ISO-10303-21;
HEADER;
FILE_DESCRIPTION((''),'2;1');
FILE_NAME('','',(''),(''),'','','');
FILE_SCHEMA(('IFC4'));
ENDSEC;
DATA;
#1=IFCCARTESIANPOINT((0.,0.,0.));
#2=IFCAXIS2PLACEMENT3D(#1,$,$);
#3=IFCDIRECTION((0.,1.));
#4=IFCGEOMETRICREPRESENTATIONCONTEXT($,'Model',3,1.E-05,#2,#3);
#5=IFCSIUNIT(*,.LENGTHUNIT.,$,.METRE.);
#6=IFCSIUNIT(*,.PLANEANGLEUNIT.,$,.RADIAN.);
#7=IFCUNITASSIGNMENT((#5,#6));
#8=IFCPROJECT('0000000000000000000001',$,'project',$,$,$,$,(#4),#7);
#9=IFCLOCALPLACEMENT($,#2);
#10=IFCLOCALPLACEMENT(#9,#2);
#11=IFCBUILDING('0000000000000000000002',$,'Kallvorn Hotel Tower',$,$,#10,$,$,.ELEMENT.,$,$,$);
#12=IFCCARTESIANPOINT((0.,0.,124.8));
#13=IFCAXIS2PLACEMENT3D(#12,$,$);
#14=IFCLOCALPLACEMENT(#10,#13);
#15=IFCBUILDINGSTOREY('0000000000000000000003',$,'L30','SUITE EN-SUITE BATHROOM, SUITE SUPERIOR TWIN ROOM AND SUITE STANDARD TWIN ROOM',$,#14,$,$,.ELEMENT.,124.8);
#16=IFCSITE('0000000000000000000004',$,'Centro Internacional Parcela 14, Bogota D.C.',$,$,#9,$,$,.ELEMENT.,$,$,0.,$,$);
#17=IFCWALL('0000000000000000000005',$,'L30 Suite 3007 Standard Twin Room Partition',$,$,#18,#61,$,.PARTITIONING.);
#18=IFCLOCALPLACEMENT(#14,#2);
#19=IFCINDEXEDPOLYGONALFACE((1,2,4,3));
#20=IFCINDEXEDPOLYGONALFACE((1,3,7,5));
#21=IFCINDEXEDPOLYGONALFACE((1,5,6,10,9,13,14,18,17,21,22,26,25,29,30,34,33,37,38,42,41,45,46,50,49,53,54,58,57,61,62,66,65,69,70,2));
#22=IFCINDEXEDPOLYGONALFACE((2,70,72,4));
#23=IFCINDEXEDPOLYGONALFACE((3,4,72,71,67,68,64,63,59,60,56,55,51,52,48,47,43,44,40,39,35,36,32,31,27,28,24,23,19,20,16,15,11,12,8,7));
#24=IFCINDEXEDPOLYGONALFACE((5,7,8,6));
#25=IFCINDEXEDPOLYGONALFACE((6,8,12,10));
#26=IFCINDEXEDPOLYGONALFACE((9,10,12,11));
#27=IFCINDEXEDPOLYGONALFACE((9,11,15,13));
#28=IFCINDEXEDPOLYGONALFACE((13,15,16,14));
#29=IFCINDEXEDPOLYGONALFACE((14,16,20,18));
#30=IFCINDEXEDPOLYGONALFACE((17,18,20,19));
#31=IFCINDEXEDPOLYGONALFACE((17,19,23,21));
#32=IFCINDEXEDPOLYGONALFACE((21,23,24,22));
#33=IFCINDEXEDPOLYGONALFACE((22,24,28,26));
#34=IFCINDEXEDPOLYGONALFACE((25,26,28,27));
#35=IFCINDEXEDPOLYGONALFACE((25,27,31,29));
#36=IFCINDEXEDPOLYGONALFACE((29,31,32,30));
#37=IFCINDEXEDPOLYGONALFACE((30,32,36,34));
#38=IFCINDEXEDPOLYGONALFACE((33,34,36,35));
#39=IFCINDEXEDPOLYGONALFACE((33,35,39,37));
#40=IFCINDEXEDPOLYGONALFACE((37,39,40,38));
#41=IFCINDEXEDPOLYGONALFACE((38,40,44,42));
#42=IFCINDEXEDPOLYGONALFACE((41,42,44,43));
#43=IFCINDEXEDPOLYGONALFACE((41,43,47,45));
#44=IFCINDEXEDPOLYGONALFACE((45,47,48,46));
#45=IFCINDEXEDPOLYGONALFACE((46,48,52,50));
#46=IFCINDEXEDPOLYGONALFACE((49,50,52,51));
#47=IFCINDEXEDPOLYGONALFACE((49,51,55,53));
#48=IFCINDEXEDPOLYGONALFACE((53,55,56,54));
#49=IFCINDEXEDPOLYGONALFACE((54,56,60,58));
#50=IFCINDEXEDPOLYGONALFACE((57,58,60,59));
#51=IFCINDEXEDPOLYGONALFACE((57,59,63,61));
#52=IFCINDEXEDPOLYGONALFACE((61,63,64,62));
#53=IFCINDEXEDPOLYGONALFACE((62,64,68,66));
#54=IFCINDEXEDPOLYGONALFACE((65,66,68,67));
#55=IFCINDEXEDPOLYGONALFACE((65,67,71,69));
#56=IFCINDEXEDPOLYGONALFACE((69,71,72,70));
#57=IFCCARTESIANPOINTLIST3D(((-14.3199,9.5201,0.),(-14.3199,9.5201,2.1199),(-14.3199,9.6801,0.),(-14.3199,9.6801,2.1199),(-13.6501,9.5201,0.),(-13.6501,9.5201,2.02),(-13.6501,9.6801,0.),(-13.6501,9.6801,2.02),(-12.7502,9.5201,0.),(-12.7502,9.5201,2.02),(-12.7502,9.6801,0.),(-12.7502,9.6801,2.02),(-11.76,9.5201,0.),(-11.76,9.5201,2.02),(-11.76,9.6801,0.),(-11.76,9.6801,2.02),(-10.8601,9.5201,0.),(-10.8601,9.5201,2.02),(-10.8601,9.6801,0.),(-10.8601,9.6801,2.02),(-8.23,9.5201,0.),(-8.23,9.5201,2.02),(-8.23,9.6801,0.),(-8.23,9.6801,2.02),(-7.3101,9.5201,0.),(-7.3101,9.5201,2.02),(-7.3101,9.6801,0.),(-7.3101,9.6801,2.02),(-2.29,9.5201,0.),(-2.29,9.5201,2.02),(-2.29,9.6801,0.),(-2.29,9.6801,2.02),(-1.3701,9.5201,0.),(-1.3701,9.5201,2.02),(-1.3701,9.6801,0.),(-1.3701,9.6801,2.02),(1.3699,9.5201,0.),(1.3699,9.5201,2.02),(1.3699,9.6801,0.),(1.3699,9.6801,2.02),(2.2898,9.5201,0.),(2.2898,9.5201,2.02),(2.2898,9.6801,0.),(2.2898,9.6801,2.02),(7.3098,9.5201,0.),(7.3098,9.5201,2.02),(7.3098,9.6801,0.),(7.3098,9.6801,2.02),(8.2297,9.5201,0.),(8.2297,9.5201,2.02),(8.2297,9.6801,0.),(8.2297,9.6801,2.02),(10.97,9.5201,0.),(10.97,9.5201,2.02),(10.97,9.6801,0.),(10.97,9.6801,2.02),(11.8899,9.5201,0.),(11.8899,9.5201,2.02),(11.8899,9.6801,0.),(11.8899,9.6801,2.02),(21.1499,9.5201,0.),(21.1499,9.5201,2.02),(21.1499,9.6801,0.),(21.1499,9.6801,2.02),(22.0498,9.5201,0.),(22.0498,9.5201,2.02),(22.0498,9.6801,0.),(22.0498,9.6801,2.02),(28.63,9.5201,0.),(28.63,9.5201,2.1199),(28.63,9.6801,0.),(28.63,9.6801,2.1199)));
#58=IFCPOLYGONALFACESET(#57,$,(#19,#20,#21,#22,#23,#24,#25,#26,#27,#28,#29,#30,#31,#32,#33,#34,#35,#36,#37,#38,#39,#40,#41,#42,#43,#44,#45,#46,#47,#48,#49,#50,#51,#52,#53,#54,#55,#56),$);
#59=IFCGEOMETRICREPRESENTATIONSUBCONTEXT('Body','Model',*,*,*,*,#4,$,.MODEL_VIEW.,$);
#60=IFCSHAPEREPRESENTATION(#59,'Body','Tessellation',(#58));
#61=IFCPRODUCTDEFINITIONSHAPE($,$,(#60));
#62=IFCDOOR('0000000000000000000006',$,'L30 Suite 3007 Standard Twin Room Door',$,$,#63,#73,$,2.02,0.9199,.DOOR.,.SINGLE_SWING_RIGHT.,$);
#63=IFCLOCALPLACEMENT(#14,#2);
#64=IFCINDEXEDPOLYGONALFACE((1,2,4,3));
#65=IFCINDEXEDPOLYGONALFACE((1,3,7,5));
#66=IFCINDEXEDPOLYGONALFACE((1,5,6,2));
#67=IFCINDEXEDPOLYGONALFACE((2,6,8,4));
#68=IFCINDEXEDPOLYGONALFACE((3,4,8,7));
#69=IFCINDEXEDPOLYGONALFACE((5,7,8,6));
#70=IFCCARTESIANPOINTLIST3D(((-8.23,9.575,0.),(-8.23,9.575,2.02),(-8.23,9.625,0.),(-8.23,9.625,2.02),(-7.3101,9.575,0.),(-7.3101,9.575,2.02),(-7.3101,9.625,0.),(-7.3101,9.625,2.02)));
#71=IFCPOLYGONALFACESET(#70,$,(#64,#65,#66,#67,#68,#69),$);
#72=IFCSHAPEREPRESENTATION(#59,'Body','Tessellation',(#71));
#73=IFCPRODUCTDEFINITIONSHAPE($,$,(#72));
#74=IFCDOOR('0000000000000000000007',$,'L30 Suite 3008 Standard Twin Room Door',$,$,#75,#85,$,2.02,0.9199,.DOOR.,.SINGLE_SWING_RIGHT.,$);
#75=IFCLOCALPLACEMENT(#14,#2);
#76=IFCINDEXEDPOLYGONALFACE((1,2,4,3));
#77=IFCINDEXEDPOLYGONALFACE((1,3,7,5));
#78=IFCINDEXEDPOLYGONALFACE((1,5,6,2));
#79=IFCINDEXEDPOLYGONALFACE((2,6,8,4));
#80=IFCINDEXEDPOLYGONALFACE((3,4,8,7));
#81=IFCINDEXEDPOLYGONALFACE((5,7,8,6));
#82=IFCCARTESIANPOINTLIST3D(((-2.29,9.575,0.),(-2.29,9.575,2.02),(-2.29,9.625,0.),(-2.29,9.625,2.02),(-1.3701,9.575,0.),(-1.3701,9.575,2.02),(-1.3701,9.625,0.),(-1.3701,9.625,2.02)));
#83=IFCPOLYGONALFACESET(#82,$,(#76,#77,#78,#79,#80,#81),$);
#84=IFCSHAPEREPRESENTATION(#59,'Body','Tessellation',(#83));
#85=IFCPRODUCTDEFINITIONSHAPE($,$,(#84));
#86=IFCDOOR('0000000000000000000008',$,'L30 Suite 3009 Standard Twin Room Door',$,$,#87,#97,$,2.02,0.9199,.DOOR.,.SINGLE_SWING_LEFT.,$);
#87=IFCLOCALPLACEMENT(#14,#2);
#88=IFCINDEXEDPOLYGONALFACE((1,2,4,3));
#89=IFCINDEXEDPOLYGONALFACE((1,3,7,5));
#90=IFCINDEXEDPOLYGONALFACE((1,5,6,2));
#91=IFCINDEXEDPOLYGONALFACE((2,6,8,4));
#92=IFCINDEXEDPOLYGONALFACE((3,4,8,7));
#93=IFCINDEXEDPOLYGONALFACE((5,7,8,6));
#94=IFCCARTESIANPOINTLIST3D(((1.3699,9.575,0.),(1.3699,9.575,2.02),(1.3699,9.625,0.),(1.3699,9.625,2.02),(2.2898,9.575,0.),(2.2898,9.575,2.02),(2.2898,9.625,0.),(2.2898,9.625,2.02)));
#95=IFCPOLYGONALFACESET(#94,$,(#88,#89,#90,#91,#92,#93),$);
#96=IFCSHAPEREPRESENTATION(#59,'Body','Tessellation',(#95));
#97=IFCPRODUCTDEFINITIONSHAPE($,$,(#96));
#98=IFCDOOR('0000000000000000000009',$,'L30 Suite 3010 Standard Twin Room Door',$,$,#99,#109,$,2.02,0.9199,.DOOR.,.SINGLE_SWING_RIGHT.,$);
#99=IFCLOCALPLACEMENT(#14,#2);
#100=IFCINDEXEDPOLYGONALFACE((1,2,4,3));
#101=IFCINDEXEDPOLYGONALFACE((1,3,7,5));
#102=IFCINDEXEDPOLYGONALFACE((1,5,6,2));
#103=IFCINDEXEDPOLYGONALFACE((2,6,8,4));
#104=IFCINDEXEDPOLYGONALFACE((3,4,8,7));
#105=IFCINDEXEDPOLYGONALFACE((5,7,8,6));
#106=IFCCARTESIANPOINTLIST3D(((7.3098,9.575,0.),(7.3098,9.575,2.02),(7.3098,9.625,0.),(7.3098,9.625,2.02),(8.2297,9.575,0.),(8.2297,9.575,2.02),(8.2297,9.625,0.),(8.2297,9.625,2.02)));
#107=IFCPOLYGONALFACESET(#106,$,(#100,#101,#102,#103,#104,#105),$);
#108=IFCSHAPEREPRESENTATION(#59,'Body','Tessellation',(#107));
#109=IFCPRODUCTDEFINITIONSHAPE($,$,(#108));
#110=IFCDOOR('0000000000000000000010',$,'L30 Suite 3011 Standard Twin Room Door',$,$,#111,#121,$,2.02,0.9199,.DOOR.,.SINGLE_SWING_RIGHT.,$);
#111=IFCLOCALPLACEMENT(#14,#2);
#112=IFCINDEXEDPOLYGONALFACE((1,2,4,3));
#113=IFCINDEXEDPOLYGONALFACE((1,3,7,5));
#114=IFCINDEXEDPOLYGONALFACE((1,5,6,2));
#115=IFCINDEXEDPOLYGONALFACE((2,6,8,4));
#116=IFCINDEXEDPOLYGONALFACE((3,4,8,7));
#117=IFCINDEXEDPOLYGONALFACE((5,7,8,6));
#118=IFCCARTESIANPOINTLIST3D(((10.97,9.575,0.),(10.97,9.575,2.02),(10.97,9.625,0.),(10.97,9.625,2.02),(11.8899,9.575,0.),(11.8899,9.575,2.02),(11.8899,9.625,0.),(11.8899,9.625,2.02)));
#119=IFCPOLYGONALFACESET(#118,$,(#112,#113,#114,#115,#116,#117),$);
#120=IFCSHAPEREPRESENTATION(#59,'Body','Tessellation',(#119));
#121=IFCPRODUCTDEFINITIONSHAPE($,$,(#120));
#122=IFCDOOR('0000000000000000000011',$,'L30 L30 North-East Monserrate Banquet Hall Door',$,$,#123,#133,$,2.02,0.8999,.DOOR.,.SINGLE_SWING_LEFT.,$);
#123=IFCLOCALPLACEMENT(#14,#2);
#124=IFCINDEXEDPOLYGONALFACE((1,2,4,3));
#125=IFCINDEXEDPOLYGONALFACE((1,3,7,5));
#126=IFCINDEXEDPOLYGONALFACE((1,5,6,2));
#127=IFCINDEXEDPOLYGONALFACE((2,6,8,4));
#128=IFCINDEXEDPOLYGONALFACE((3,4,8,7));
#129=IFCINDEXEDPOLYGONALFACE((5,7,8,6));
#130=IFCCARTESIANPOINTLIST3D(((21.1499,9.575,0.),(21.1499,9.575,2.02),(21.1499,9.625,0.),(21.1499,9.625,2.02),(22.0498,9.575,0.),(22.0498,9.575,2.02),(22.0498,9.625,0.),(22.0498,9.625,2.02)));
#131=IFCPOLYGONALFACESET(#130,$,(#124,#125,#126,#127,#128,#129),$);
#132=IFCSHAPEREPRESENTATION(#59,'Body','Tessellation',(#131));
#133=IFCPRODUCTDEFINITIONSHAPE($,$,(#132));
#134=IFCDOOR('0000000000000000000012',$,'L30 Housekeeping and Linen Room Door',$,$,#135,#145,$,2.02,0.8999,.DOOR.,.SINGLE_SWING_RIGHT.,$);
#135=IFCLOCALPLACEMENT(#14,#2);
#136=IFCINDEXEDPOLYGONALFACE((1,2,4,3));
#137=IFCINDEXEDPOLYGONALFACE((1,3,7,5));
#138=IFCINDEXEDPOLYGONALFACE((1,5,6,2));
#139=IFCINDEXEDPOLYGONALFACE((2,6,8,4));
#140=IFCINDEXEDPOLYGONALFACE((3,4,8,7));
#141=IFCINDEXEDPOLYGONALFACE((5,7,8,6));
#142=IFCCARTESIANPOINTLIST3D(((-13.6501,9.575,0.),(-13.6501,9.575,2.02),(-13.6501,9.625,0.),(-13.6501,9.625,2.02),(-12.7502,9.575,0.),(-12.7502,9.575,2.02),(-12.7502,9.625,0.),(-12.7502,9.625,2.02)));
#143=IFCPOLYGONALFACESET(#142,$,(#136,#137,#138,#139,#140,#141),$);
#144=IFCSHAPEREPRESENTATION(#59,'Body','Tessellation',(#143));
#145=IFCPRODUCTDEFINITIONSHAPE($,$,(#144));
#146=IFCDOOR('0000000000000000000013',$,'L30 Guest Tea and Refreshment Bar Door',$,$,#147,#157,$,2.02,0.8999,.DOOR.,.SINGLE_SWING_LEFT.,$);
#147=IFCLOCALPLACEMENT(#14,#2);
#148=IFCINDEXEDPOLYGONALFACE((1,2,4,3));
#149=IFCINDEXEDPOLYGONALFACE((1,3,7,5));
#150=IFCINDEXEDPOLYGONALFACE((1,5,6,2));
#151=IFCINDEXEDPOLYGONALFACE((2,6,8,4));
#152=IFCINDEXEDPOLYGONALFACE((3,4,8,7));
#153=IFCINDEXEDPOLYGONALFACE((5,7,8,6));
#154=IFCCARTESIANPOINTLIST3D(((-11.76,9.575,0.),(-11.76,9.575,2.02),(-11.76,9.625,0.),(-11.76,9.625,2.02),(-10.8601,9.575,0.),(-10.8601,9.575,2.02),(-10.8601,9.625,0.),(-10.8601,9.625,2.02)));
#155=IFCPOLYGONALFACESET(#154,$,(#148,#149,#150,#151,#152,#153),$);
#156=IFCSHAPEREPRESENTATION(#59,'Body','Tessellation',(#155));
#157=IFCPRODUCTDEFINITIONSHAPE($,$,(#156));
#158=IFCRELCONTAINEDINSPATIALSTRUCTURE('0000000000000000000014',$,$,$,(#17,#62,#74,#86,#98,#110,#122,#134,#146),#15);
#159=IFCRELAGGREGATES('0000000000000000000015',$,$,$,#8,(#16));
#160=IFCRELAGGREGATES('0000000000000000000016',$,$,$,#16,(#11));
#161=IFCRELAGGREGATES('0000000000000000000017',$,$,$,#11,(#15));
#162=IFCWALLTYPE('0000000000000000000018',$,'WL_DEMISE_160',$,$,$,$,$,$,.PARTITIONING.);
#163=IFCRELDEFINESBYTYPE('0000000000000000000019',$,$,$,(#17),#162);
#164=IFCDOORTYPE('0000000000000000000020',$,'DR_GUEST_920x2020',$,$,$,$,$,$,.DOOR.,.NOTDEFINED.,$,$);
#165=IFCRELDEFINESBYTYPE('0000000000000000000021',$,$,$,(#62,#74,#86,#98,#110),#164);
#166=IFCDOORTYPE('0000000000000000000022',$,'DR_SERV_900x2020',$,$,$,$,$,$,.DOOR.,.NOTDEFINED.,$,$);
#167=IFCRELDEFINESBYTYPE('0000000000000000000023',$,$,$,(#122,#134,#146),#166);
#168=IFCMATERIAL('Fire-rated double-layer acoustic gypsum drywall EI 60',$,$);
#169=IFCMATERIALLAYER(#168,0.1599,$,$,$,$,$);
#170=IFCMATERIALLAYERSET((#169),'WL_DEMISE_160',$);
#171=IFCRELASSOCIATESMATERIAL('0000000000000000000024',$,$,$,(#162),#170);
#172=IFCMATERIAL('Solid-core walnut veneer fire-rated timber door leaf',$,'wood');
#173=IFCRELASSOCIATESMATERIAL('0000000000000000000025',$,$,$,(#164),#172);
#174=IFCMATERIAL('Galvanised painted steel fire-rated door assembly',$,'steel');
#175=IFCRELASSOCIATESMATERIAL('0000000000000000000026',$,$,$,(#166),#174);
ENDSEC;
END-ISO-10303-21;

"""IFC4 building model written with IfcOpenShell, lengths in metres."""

from ifc_helpers import new_model, si_unit, direction, frame, frame_2d, origin, place, context, subcontext, project, spatial, rectangle, extrude, material, layer, layer_set, type_object, element, fill, save


model = new_model("IFC4")

# Units and contexts
model_context = context("Model", 3, precision=1e-05, world=origin(), true_north=direction((0.0, 1.0)))
body_context = subcontext(model_context, "Body", "Model", "MODEL_VIEW")
ifc_project = project(units=[si_unit("LENGTHUNIT", "METRE"), si_unit("PLANEANGLEUNIT", "RADIAN")], contexts=[model_context])

# Site, building, storey
site_placement = place(None, origin())
site = spatial("IfcSite", under=ifc_project, at=site_placement, Name="Centro Internacional Parcela 14, Bogota D.C.", CompositionType="ELEMENT", RefElevation=0.0)
building_placement = place(site_placement, origin())
building = spatial("IfcBuilding", under=site, at=building_placement, Name="Kallvorn Hotel Tower", CompositionType="ELEMENT")
storey_placement = place(building_placement, frame((0.0, 0.0, 124.8)))
storey = spatial("IfcBuildingStorey", under=building, at=storey_placement, Name="L30", Description="SUITE EN-SUITE BATHROOM, SUITE SUPERIOR TWIN ROOM AND SUITE STANDARD TWIN ROOM", CompositionType="ELEMENT", Elevation=124.8)

# Wall, openings, doors
ifc_material_1 = material(Name="Fire-rated double-layer acoustic gypsum drywall EI 60")
ifc_layer_1 = layer(ifc_material_1, 0.1599)
ifc_layer_set_1 = layer_set([ifc_layer_1], Name="WL_DEMISE_160")
wall_type_1 = type_object("IfcWallType", Name="WL_DEMISE_160", PredefinedType="PARTITIONING", material=ifc_layer_set_1)
wall_1_placement = place(storey_placement, frame((-14.3201, 9.6001, 0.0), z_axis=(0.0, 0.0, 1.0), x_axis=(1.0, 0.0, 0.0)))
wall_1 = element("IfcWall", 1, at=wall_1_placement, inside=storey, type_object=wall_type_1, Name="L30 Suite 3007 Standard Twin Room Partition", PredefinedType="PARTITIONING", context=body_context, shape_type="SweptSolid", body=[
    extrude(rectangle(XDim=42.95, YDim=0.1599, at=frame_2d((21.4751, 0.0))), origin(), (0.0, 0.0, 1.0), 2.1199),
])
opening_1_placement = place(wall_1_placement, frame((35.47, 0.0, 0.0)))
opening_1 = element("IfcOpeningElement", 2, at=opening_1_placement, cuts=wall_1, PredefinedType="OPENING", context=body_context, shape_type="SweptSolid", body=[
    extrude(rectangle(XDim=0.8999, YDim=2.02, at=frame_2d((0.45, 1.01))), frame((0.0, 0.095, 0.0), z_axis=(0.0, -1.0, 0.0), x_axis=(1.0, 0.0, 0.0)), (0.0, 0.0, 1.0), 0.1899),
])
opening_2_placement = place(wall_1_placement, frame((0.6699, 0.0, 0.0)))
opening_2 = element("IfcOpeningElement", 3, at=opening_2_placement, cuts=wall_1, PredefinedType="OPENING", context=body_context, shape_type="SweptSolid", body=[
    extrude(rectangle(XDim=0.8999, YDim=2.02, at=frame_2d((0.45, 1.01))), frame((0.0, 0.095, 0.0), z_axis=(0.0, -1.0, 0.0), x_axis=(1.0, 0.0, 0.0)), (0.0, 0.0, 1.0), 0.1899),
])
opening_3_placement = place(wall_1_placement, frame((2.5601, 0.0, 0.0)))
opening_3 = element("IfcOpeningElement", 4, at=opening_3_placement, cuts=wall_1, PredefinedType="OPENING", context=body_context, shape_type="SweptSolid", body=[
    extrude(rectangle(XDim=0.8999, YDim=2.02, at=frame_2d((0.45, 1.01))), frame((0.0, 0.095, 0.0), z_axis=(0.0, -1.0, 0.0), x_axis=(1.0, 0.0, 0.0)), (0.0, 0.0, 1.0), 0.1899),
])
opening_4_placement = place(wall_1_placement, frame((6.0901, 0.0, 0.0)))
opening_4 = element("IfcOpeningElement", 5, at=opening_4_placement, cuts=wall_1, PredefinedType="OPENING", context=body_context, shape_type="SweptSolid", body=[
    extrude(rectangle(XDim=0.9199, YDim=2.02, at=frame_2d((0.46, 1.01))), frame((0.0, 0.095, 0.0), z_axis=(0.0, -1.0, 0.0), x_axis=(1.0, 0.0, 0.0)), (0.0, 0.0, 1.0), 0.1899),
])
opening_5_placement = place(wall_1_placement, frame((12.03, 0.0, 0.0)))
opening_5 = element("IfcOpeningElement", 6, at=opening_5_placement, cuts=wall_1, PredefinedType="OPENING", context=body_context, shape_type="SweptSolid", body=[
    extrude(rectangle(XDim=0.9199, YDim=2.02, at=frame_2d((0.46, 1.01))), frame((0.0, 0.095, 0.0), z_axis=(0.0, -1.0, 0.0), x_axis=(1.0, 0.0, 0.0)), (0.0, 0.0, 1.0), 0.1899),
])
opening_6_placement = place(wall_1_placement, frame((15.6899, 0.0, 0.0)))
opening_6 = element("IfcOpeningElement", 7, at=opening_6_placement, cuts=wall_1, PredefinedType="OPENING", context=body_context, shape_type="SweptSolid", body=[
    extrude(rectangle(XDim=0.9199, YDim=2.02, at=frame_2d((0.46, 1.01))), frame((0.0, 0.095, 0.0), z_axis=(0.0, -1.0, 0.0), x_axis=(1.0, 0.0, 0.0)), (0.0, 0.0, 1.0), 0.1899),
])
opening_7_placement = place(wall_1_placement, frame((21.6299, 0.0, 0.0)))
opening_7 = element("IfcOpeningElement", 8, at=opening_7_placement, cuts=wall_1, PredefinedType="OPENING", context=body_context, shape_type="SweptSolid", body=[
    extrude(rectangle(XDim=0.9199, YDim=2.02, at=frame_2d((0.46, 1.01))), frame((0.0, 0.095, 0.0), z_axis=(0.0, -1.0, 0.0), x_axis=(1.0, 0.0, 0.0)), (0.0, 0.0, 1.0), 0.1899),
])
opening_8_placement = place(wall_1_placement, frame((25.29, 0.0, 0.0)))
opening_8 = element("IfcOpeningElement", 9, at=opening_8_placement, cuts=wall_1, PredefinedType="OPENING", context=body_context, shape_type="SweptSolid", body=[
    extrude(rectangle(XDim=0.9199, YDim=2.02, at=frame_2d((0.46, 1.01))), frame((0.0, 0.095, 0.0), z_axis=(0.0, -1.0, 0.0), x_axis=(1.0, 0.0, 0.0)), (0.0, 0.0, 1.0), 0.1899),
])
ifc_material_2 = material(Name="Solid-core walnut veneer fire-rated timber door leaf", Category="wood")
door_type_1 = type_object("IfcDoorType", Name="DR_GUEST_920x2020", OperationType="NOTDEFINED", PredefinedType="DOOR", material=ifc_material_2)
door_1_placement = place(opening_4_placement, origin())
door_1 = element("IfcDoor", 10, at=door_1_placement, inside=storey, type_object=door_type_1, Name="L30 Suite 3007 Standard Twin Room Door", OperationType="SINGLE_SWING_RIGHT", OverallHeight=2.02, OverallWidth=0.9199, PredefinedType="DOOR", context=body_context, shape_type="SweptSolid", body=[
    extrude(rectangle(XDim=0.9199, YDim=2.02, at=frame_2d((0.46, 1.01))), frame((0.0, 0.0249, 0.0), z_axis=(0.0, -1.0, 0.0), x_axis=(1.0, 0.0, 0.0)), (0.0, 0.0, 1.0), 0.05),
])
fill(opening_4, door_1)
door_2_placement = place(opening_5_placement, origin())
door_2 = element("IfcDoor", 11, at=door_2_placement, inside=storey, type_object=door_type_1, Name="L30 Suite 3008 Standard Twin Room Door", OperationType="SINGLE_SWING_RIGHT", OverallHeight=2.02, OverallWidth=0.9199, PredefinedType="DOOR", context=body_context, shape_type="SweptSolid", body=[
    extrude(rectangle(XDim=0.9199, YDim=2.02, at=frame_2d((0.46, 1.01))), frame((0.0, 0.0249, 0.0), z_axis=(0.0, -1.0, 0.0), x_axis=(1.0, 0.0, 0.0)), (0.0, 0.0, 1.0), 0.05),
])
fill(opening_5, door_2)
door_3_placement = place(opening_6_placement, origin())
door_3 = element("IfcDoor", 12, at=door_3_placement, inside=storey, type_object=door_type_1, Name="L30 Suite 3009 Standard Twin Room Door", OperationType="SINGLE_SWING_LEFT", OverallHeight=2.02, OverallWidth=0.9199, PredefinedType="DOOR", context=body_context, shape_type="SweptSolid", body=[
    extrude(rectangle(XDim=0.9199, YDim=2.02, at=frame_2d((0.46, 1.01))), frame((0.0, 0.0249, 0.0), z_axis=(0.0, -1.0, 0.0), x_axis=(1.0, 0.0, 0.0)), (0.0, 0.0, 1.0), 0.05),
])
fill(opening_6, door_3)
door_4_placement = place(opening_7_placement, origin())
door_4 = element("IfcDoor", 13, at=door_4_placement, inside=storey, type_object=door_type_1, Name="L30 Suite 3010 Standard Twin Room Door", OperationType="SINGLE_SWING_RIGHT", OverallHeight=2.02, OverallWidth=0.9199, PredefinedType="DOOR", context=body_context, shape_type="SweptSolid", body=[
    extrude(rectangle(XDim=0.9199, YDim=2.02, at=frame_2d((0.46, 1.01))), frame((0.0, 0.0249, 0.0), z_axis=(0.0, -1.0, 0.0), x_axis=(1.0, 0.0, 0.0)), (0.0, 0.0, 1.0), 0.05),
])
fill(opening_7, door_4)
door_5_placement = place(opening_8_placement, origin())
door_5 = element("IfcDoor", 14, at=door_5_placement, inside=storey, type_object=door_type_1, Name="L30 Suite 3011 Standard Twin Room Door", OperationType="SINGLE_SWING_RIGHT", OverallHeight=2.02, OverallWidth=0.9199, PredefinedType="DOOR", context=body_context, shape_type="SweptSolid", body=[
    extrude(rectangle(XDim=0.9199, YDim=2.02, at=frame_2d((0.46, 1.01))), frame((0.0, 0.0249, 0.0), z_axis=(0.0, -1.0, 0.0), x_axis=(1.0, 0.0, 0.0)), (0.0, 0.0, 1.0), 0.05),
])
fill(opening_8, door_5)
ifc_material_3 = material(Name="Galvanised painted steel fire-rated door assembly", Category="steel")
door_type_2 = type_object("IfcDoorType", Name="DR_SERV_900x2020", OperationType="NOTDEFINED", PredefinedType="DOOR", material=ifc_material_3)
door_6_placement = place(opening_1_placement, origin())
door_6 = element("IfcDoor", 15, at=door_6_placement, inside=storey, type_object=door_type_2, Name="L30 L30 North-East Monserrate Banquet Hall Door", OperationType="SINGLE_SWING_LEFT", OverallHeight=2.02, OverallWidth=0.8999, PredefinedType="DOOR", context=body_context, shape_type="SweptSolid", body=[
    extrude(rectangle(XDim=0.8999, YDim=2.02, at=frame_2d((0.45, 1.01))), frame((0.0, 0.0249, 0.0), z_axis=(0.0, -1.0, 0.0), x_axis=(1.0, 0.0, 0.0)), (0.0, 0.0, 1.0), 0.05),
])
fill(opening_1, door_6)
door_7_placement = place(opening_2_placement, origin())
door_7 = element("IfcDoor", 16, at=door_7_placement, inside=storey, type_object=door_type_2, Name="L30 Housekeeping and Linen Room Door", OperationType="SINGLE_SWING_RIGHT", OverallHeight=2.02, OverallWidth=0.8999, PredefinedType="DOOR", context=body_context, shape_type="SweptSolid", body=[
    extrude(rectangle(XDim=0.8999, YDim=2.02, at=frame_2d((0.45, 1.01))), frame((0.0, 0.0249, 0.0), z_axis=(0.0, -1.0, 0.0), x_axis=(1.0, 0.0, 0.0)), (0.0, 0.0, 1.0), 0.05),
])
fill(opening_2, door_7)
door_8_placement = place(opening_3_placement, origin())
door_8 = element("IfcDoor", 17, at=door_8_placement, inside=storey, type_object=door_type_2, Name="L30 Guest Tea and Refreshment Bar Door", OperationType="SINGLE_SWING_LEFT", OverallHeight=2.02, OverallWidth=0.8999, PredefinedType="DOOR", context=body_context, shape_type="SweptSolid", body=[
    extrude(rectangle(XDim=0.8999, YDim=2.02, at=frame_2d((0.45, 1.01))), frame((0.0, 0.0249, 0.0), z_axis=(0.0, -1.0, 0.0), x_axis=(1.0, 0.0, 0.0)), (0.0, 0.0, 1.0), 0.05),
])
fill(opening_3, door_8)

save(model, "model.ifc")
